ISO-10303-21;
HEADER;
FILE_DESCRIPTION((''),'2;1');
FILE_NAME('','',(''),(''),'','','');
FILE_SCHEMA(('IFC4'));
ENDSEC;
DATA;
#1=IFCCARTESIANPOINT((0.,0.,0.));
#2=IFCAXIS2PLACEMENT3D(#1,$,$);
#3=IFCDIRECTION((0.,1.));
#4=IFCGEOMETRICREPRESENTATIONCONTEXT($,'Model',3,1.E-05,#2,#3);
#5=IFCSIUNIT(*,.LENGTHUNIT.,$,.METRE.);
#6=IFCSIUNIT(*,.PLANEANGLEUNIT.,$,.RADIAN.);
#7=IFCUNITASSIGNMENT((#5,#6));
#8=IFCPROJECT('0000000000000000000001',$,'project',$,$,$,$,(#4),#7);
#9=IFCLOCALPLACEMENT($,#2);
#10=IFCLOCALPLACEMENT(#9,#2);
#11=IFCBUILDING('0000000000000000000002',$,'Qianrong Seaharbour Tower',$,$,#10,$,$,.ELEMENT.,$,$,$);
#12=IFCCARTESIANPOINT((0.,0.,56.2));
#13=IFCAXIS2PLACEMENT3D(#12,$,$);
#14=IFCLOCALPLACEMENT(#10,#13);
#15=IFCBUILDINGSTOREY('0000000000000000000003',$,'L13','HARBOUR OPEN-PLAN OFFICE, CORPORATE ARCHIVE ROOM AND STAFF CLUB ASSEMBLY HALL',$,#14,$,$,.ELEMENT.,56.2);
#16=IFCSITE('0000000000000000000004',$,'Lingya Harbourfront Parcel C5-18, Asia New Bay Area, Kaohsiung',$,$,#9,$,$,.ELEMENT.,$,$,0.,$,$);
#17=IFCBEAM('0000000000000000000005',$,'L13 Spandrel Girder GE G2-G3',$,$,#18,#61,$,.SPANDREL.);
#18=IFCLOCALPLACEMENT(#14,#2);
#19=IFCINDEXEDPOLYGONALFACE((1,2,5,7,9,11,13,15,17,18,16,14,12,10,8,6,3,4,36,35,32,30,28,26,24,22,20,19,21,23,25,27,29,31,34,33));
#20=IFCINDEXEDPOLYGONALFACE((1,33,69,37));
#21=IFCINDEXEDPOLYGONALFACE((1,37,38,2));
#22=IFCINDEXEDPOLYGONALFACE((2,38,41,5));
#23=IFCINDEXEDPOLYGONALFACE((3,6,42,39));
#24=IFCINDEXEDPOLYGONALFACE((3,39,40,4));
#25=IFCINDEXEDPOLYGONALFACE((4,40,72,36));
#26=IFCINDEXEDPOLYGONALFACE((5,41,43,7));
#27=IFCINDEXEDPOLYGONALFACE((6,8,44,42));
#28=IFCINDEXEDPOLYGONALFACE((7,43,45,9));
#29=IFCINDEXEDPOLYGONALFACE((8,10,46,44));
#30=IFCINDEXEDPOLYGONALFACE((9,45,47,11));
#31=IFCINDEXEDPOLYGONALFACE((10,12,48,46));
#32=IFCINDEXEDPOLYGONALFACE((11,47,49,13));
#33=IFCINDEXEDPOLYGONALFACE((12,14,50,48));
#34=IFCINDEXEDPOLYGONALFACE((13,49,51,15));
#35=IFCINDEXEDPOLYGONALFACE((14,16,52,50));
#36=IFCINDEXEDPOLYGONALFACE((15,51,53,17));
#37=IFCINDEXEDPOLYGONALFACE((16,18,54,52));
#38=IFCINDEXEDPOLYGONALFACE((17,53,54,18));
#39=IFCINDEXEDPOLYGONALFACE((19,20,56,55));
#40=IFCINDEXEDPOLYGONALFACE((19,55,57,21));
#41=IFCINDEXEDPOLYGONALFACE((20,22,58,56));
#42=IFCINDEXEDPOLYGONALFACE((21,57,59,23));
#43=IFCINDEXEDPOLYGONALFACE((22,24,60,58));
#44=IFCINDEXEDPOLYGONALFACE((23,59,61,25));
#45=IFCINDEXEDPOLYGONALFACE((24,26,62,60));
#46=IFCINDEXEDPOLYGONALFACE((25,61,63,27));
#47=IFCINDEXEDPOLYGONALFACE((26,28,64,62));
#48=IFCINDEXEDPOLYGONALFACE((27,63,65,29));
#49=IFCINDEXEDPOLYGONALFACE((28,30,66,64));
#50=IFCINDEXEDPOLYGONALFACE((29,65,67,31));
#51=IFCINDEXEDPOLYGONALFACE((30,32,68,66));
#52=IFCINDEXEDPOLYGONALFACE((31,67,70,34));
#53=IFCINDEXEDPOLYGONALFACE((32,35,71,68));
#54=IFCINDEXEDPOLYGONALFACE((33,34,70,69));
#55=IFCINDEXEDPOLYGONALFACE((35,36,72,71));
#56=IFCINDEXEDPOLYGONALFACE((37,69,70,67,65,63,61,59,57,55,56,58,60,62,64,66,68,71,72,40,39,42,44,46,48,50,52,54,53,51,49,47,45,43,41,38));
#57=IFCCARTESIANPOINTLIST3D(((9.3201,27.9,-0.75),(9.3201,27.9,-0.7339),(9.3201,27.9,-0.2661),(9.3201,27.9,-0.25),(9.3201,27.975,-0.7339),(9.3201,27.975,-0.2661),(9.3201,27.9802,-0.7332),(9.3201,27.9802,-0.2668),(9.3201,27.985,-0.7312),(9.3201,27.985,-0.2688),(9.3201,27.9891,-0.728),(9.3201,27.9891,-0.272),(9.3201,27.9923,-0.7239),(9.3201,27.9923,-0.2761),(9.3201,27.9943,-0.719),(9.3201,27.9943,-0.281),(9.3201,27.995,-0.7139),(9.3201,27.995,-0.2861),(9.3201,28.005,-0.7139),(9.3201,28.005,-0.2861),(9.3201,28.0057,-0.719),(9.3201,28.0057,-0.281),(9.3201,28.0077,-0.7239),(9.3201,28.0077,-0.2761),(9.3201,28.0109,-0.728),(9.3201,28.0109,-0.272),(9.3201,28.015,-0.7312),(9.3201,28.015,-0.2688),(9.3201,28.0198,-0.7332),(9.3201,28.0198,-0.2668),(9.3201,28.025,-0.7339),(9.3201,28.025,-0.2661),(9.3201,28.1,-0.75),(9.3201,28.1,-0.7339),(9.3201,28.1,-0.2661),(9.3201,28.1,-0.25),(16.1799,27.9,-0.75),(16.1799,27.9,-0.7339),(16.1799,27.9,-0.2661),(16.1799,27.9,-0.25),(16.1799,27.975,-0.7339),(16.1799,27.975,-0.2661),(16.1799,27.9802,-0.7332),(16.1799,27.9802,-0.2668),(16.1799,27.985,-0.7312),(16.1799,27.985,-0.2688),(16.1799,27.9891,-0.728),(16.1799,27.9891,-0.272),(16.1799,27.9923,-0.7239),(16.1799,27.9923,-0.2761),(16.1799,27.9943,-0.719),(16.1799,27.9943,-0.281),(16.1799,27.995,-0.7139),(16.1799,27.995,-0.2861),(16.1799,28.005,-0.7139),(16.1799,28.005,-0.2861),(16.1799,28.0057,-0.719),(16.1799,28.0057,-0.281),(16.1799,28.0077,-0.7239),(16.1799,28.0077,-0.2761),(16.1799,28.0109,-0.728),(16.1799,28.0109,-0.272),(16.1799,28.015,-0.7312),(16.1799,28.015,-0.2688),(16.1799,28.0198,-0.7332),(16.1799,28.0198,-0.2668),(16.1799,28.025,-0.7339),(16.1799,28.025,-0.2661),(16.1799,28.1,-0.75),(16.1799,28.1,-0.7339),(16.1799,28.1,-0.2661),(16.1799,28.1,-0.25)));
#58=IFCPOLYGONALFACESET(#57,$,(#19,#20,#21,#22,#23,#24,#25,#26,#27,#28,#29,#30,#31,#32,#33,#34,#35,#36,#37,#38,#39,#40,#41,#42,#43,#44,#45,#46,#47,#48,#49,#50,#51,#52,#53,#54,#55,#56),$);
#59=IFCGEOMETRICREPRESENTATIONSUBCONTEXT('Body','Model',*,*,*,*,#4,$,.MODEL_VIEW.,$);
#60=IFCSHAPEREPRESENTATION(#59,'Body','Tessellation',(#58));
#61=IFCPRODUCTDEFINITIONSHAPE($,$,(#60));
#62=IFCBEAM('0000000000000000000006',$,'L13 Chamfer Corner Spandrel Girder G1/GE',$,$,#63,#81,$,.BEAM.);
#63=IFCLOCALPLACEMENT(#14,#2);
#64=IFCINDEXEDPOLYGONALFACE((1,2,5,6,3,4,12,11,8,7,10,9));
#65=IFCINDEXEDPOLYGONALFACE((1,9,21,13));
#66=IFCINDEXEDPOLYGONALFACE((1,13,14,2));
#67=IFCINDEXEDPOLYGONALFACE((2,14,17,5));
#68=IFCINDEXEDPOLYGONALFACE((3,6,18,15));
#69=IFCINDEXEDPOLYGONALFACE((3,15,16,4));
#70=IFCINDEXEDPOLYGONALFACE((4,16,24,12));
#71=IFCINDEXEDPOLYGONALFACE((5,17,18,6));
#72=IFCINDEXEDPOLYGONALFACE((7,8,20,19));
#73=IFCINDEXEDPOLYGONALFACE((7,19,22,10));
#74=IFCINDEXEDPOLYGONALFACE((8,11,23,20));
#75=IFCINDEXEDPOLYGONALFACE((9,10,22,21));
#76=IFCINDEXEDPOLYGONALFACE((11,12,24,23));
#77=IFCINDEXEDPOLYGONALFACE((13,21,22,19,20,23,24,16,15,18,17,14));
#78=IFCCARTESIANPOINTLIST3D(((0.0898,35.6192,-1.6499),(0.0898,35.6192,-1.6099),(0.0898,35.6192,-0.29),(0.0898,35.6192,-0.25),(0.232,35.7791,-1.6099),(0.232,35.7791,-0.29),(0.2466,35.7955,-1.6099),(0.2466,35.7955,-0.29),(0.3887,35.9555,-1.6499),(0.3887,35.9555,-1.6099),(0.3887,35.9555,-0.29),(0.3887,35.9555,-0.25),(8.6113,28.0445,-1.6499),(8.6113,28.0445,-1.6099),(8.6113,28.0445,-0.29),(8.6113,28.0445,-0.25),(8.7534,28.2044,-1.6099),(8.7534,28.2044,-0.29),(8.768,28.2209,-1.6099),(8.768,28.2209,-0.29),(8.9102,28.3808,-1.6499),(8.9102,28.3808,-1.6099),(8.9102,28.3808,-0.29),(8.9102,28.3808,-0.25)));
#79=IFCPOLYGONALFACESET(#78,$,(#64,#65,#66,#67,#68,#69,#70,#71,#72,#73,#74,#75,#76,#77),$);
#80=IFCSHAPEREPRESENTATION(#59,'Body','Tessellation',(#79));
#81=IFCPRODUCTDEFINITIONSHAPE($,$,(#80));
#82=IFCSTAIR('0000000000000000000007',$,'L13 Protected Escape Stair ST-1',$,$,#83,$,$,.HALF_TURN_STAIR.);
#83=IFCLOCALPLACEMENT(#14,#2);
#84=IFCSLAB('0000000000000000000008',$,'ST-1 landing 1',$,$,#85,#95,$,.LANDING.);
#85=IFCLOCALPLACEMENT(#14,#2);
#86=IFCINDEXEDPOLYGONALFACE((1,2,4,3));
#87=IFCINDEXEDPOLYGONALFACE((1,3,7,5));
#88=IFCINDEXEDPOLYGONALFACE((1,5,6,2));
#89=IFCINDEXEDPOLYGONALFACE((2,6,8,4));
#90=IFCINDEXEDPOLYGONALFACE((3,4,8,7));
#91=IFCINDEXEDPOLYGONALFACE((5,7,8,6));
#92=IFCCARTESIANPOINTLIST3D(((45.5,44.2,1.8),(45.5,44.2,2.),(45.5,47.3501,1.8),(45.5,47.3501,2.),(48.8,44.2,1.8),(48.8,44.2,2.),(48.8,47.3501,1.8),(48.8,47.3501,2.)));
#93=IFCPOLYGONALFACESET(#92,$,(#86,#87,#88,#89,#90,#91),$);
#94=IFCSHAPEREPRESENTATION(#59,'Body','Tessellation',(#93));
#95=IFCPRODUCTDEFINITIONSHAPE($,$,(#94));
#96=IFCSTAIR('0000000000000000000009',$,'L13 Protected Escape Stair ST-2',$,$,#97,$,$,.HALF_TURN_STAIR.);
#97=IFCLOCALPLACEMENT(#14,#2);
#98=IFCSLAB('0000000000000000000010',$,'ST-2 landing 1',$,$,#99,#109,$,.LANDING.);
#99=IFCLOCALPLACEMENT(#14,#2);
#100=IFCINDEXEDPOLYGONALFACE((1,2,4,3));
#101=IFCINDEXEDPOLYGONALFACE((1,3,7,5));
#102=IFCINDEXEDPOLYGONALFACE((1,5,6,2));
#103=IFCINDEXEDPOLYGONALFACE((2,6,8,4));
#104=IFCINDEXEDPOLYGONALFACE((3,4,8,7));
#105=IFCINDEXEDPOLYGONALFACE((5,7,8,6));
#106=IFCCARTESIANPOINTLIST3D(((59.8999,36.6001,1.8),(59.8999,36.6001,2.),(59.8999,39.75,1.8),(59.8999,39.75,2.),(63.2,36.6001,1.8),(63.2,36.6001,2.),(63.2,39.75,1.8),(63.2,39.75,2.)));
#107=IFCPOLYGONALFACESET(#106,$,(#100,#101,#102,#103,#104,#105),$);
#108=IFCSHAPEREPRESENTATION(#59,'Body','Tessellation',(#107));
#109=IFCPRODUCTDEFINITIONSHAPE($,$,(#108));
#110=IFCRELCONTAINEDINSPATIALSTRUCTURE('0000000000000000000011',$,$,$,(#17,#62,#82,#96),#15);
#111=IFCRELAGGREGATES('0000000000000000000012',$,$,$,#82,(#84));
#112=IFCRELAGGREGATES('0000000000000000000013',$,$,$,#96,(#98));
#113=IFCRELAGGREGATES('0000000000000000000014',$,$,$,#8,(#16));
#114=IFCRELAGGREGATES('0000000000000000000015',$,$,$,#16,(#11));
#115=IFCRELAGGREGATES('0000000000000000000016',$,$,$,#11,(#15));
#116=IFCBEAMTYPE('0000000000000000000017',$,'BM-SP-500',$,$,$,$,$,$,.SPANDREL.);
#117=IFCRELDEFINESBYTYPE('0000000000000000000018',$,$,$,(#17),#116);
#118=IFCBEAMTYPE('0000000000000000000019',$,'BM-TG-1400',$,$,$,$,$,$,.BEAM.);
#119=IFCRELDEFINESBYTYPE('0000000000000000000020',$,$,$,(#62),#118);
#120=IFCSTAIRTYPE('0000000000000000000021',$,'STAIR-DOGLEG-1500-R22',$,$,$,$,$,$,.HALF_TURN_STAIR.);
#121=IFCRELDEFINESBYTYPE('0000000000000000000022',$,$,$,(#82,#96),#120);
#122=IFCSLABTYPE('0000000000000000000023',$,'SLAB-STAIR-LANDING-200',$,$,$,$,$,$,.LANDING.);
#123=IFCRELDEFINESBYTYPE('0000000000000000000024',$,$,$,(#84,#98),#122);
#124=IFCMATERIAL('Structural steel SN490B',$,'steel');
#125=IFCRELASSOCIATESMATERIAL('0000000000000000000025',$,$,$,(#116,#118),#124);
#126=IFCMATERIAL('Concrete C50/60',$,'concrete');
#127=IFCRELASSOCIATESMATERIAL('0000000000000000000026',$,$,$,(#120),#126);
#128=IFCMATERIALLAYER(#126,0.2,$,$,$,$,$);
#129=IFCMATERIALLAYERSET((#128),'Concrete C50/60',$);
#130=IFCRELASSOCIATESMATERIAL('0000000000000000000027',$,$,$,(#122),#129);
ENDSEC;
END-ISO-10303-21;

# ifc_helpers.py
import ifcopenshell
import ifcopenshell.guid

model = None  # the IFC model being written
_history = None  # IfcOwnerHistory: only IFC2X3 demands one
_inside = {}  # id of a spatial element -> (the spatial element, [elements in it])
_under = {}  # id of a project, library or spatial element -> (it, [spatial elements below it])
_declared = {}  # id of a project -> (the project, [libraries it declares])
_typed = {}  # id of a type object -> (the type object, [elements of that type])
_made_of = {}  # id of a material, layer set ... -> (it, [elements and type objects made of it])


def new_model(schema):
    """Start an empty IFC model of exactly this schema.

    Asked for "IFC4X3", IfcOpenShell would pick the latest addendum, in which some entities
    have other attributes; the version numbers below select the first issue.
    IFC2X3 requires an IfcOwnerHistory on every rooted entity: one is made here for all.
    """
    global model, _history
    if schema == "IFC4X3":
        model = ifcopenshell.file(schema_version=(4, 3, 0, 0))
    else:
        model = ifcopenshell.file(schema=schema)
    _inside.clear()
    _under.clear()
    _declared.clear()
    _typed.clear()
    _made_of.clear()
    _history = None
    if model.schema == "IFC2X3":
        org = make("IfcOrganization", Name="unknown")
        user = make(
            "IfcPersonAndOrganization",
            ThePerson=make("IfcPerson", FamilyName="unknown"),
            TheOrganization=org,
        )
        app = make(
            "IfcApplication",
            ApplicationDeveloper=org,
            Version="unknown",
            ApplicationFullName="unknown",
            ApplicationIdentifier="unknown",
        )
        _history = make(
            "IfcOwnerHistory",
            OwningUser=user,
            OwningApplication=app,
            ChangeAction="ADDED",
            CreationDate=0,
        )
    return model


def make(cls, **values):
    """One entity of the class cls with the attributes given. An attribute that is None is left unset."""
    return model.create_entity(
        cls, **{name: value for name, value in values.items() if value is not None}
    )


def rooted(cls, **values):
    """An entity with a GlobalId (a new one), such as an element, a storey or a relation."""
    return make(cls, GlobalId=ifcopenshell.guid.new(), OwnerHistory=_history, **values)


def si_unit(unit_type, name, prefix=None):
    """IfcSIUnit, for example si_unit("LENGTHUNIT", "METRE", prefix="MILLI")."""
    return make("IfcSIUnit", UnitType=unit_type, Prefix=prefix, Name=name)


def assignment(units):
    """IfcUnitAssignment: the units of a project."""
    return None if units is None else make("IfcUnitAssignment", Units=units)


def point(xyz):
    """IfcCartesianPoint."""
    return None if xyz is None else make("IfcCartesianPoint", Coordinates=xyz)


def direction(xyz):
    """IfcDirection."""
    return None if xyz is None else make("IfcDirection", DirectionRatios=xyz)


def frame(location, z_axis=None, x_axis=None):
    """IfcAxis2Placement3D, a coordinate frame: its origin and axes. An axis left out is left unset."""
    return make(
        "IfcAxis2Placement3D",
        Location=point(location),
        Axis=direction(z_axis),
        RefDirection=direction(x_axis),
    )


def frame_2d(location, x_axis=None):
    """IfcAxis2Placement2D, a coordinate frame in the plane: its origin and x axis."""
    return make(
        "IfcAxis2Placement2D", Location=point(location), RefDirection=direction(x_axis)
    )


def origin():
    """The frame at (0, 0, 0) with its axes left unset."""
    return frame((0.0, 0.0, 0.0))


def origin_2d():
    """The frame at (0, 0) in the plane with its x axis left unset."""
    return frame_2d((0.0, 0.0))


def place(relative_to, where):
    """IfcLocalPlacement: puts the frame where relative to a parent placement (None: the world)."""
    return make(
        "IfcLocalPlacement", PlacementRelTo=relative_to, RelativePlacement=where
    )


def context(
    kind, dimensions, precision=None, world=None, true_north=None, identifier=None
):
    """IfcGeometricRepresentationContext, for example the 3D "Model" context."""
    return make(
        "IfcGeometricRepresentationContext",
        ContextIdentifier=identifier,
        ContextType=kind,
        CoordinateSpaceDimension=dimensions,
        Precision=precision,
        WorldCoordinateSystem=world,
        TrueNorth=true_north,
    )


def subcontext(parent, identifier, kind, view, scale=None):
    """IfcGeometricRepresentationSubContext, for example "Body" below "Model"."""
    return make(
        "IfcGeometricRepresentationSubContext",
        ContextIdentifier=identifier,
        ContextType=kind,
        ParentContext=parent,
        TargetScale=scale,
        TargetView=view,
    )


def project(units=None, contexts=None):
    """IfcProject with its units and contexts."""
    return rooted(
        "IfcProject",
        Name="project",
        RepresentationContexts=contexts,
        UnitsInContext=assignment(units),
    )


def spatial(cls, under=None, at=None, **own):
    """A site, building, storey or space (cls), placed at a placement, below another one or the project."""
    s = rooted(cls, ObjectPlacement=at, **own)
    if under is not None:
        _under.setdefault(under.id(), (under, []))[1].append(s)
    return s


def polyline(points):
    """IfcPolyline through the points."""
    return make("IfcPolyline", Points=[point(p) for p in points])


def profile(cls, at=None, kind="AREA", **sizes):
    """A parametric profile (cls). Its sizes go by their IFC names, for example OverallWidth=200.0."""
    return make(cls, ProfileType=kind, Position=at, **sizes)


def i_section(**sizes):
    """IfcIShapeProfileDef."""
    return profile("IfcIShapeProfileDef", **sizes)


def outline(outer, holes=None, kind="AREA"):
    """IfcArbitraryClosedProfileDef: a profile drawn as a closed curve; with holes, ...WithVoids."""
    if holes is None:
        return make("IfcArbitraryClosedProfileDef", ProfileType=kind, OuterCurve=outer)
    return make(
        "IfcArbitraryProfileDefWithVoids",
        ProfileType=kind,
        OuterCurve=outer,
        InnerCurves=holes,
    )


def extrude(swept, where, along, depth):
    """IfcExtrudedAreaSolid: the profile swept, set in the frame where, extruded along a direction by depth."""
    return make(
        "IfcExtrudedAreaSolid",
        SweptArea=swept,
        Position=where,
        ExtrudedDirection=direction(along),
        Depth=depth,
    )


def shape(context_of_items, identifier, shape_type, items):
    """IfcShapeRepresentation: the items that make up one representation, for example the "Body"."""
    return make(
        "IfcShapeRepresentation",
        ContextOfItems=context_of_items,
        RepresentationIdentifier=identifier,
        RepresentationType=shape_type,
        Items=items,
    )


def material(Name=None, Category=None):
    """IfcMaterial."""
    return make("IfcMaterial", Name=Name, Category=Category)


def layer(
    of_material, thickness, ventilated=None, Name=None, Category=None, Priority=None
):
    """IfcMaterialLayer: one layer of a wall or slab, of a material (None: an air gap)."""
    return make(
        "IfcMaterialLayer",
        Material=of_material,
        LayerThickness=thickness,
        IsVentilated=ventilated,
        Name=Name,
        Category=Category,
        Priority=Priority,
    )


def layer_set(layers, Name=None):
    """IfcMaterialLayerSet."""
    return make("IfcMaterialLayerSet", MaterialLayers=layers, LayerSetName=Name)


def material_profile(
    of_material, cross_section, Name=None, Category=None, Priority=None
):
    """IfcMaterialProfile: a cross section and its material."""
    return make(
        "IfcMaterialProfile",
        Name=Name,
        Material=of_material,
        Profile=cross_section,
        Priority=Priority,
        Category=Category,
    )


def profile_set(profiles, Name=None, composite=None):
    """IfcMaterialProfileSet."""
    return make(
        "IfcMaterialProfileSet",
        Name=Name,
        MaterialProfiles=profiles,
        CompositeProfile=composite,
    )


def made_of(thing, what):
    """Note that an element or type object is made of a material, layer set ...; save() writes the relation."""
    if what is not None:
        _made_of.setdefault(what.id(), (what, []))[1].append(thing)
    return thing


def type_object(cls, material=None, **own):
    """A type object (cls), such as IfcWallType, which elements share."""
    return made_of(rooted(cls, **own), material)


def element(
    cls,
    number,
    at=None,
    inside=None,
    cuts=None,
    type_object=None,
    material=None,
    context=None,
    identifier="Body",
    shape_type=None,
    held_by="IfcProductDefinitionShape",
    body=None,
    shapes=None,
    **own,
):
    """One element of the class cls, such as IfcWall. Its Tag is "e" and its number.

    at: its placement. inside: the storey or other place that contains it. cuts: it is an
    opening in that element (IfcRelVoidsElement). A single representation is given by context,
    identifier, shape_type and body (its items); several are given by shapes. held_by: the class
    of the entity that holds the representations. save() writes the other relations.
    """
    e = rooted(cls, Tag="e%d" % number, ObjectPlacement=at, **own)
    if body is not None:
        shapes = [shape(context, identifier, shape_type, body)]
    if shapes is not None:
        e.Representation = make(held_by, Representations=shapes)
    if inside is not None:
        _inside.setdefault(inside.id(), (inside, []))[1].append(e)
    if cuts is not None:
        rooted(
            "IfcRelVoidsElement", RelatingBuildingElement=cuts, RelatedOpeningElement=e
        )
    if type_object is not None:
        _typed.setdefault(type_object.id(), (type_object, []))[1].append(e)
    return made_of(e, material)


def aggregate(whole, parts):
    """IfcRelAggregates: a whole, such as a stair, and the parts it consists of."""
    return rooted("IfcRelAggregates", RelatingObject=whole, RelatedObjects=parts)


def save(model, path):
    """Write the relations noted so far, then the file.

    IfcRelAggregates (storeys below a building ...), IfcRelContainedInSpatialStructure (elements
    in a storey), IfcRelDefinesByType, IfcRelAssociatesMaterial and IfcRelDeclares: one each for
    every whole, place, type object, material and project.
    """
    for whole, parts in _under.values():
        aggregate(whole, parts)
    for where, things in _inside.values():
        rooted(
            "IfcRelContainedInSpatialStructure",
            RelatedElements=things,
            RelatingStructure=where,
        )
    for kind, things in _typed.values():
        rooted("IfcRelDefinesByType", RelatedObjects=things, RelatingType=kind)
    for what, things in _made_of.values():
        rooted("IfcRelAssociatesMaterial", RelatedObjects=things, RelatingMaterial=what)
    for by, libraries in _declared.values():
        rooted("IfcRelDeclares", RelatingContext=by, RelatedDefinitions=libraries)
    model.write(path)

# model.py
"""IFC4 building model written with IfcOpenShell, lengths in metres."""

from ifc_helpers import new_model, si_unit, direction, frame, origin, origin_2d, place, context, subcontext, project, spatial, polyline, i_section, outline, extrude, material, layer, layer_set, material_profile, profile_set, type_object, element, aggregate, save


model = new_model("IFC4")

# Units and contexts
model_context = context("Model", 3, precision=1e-05, world=origin(), true_north=direction((0.0, 1.0)))
body_context = subcontext(model_context, "Body", "Model", "MODEL_VIEW")
ifc_project = project(units=[si_unit("LENGTHUNIT", "METRE"), si_unit("PLANEANGLEUNIT", "RADIAN")], contexts=[model_context])

# Site, building, storey
site_placement = place(None, origin())
site = spatial("IfcSite", under=ifc_project, at=site_placement, Name="Lingya Harbourfront Parcel C5-18, Asia New Bay Area, Kaohsiung", CompositionType="ELEMENT", RefElevation=0.0)
building_placement = place(site_placement, origin())
building = spatial("IfcBuilding", under=site, at=building_placement, Name="Qianrong Seaharbour Tower", CompositionType="ELEMENT")
storey_placement = place(building_placement, frame((0.0, 0.0, 56.2)))
storey = spatial("IfcBuildingStorey", under=building, at=storey_placement, Name="L13", Description="HARBOUR OPEN-PLAN OFFICE, CORPORATE ARCHIVE ROOM AND STAFF CLUB ASSEMBLY HALL", CompositionType="ELEMENT", Elevation=56.2)

# Shared definitions
ifc_material_1 = material(Name="Structural steel SN490B", Category="steel")

# Beams
ifc_material_profile_1 = material_profile(ifc_material_1, i_section(OverallWidth=0.2, OverallDepth=0.5, WebThickness=0.01, FlangeThickness=0.0161, FilletRadius=0.02, at=origin_2d()), Name="H500x200x10x16")
ifc_profile_set_1 = profile_set([ifc_material_profile_1], Name="Structural steel SN490B")
beam_type_1 = type_object("IfcBeamType", Name="BM-SP-500", PredefinedType="SPANDREL", material=ifc_profile_set_1)
beam_1_placement = place(storey_placement, frame((9.3201, 28.0, -0.5), z_axis=(1.0, 0.0, 0.0), x_axis=(0.0, 1.0, 0.0)))
element("IfcBeam", 1, at=beam_1_placement, inside=storey, type_object=beam_type_1, Name="L13 Spandrel Girder GE G2-G3", PredefinedType="SPANDREL", context=body_context, shape_type="SweptSolid", body=[
    extrude(i_section(OverallWidth=0.2, OverallDepth=0.5, WebThickness=0.01, FlangeThickness=0.0161, FilletRadius=0.02, at=origin_2d()), origin(), (0.0, 0.0, 1.0), 6.8599),
])
ifc_material_profile_2 = material_profile(ifc_material_1, i_section(OverallWidth=0.45, OverallDepth=1.3999, WebThickness=0.022, FlangeThickness=0.04, at=origin_2d()), Name="BH1400x450x22x40")
ifc_profile_set_2 = profile_set([ifc_material_profile_2], Name="Structural steel SN490B")
beam_type_2 = type_object("IfcBeamType", Name="BM-TG-1400", PredefinedType="BEAM", material=ifc_profile_set_2)
beam_2_placement = place(storey_placement, frame((8.7607, 28.2126, -0.95), z_axis=(-0.747407, 0.664366, 0.0), x_axis=(-0.664366, -0.747407, 0.0)))
element("IfcBeam", 2, at=beam_2_placement, inside=storey, type_object=beam_type_2, Name="L13 Chamfer Corner Spandrel Girder G1/GE", PredefinedType="BEAM", context=body_context, shape_type="SweptSolid", body=[
    extrude(i_section(OverallWidth=0.45, OverallDepth=1.3999, WebThickness=0.022, FlangeThickness=0.04, at=origin_2d()), origin(), (0.0, 0.0, 1.0), 11.4014),
])

# Stairs, slabs
ifc_material_2 = material(Name="Concrete C50/60", Category="concrete")
stair_type = type_object("IfcStairType", Name="STAIR-DOGLEG-1500-R22", PredefinedType="HALF_TURN_STAIR", material=ifc_material_2)
stair_1_placement = place(storey_placement, origin())
stair_1 = element("IfcStair", 3, at=stair_1_placement, inside=storey, type_object=stair_type, Name="L13 Protected Escape Stair ST-1", PredefinedType="HALF_TURN_STAIR")
ifc_layer_1 = layer(ifc_material_2, 0.2)
ifc_layer_set_1 = layer_set([ifc_layer_1], Name="Concrete C50/60")
slab_type_1 = type_object("IfcSlabType", Name="SLAB-STAIR-LANDING-200", PredefinedType="LANDING", material=ifc_layer_set_1)
slab_1_placement = place(storey_placement, frame((0.0, 0.0, 1.8)))
slab_1 = element("IfcSlab", 4, at=slab_1_placement, type_object=slab_type_1, Name="ST-1 landing 1", PredefinedType="LANDING", context=body_context, shape_type="SweptSolid", body=[
    extrude(outline(polyline([(45.5, 44.2), (48.8, 44.2), (48.8, 47.3501), (45.5, 47.3501), (45.5, 44.2)])), origin(), (0.0, 0.0, 1.0), 0.2),
])
aggregate(stair_1, [slab_1])
stair_2_placement = place(storey_placement, origin())
stair_2 = element("IfcStair", 5, at=stair_2_placement, inside=storey, type_object=stair_type, Name="L13 Protected Escape Stair ST-2", PredefinedType="HALF_TURN_STAIR")
slab_2_placement = place(storey_placement, frame((0.0, 0.0, 1.8)))
slab_2 = element("IfcSlab", 6, at=slab_2_placement, type_object=slab_type_1, Name="ST-2 landing 1", PredefinedType="LANDING", context=body_context, shape_type="SweptSolid", body=[
    extrude(outline(polyline([(59.8999, 36.6001), (63.2, 36.6001), (63.2, 39.75), (59.8999, 39.75), (59.8999, 36.6001)])), origin(), (0.0, 0.0, 1.0), 0.2),
])
aggregate(stair_2, [slab_2])

save(model, "model.ifc")
